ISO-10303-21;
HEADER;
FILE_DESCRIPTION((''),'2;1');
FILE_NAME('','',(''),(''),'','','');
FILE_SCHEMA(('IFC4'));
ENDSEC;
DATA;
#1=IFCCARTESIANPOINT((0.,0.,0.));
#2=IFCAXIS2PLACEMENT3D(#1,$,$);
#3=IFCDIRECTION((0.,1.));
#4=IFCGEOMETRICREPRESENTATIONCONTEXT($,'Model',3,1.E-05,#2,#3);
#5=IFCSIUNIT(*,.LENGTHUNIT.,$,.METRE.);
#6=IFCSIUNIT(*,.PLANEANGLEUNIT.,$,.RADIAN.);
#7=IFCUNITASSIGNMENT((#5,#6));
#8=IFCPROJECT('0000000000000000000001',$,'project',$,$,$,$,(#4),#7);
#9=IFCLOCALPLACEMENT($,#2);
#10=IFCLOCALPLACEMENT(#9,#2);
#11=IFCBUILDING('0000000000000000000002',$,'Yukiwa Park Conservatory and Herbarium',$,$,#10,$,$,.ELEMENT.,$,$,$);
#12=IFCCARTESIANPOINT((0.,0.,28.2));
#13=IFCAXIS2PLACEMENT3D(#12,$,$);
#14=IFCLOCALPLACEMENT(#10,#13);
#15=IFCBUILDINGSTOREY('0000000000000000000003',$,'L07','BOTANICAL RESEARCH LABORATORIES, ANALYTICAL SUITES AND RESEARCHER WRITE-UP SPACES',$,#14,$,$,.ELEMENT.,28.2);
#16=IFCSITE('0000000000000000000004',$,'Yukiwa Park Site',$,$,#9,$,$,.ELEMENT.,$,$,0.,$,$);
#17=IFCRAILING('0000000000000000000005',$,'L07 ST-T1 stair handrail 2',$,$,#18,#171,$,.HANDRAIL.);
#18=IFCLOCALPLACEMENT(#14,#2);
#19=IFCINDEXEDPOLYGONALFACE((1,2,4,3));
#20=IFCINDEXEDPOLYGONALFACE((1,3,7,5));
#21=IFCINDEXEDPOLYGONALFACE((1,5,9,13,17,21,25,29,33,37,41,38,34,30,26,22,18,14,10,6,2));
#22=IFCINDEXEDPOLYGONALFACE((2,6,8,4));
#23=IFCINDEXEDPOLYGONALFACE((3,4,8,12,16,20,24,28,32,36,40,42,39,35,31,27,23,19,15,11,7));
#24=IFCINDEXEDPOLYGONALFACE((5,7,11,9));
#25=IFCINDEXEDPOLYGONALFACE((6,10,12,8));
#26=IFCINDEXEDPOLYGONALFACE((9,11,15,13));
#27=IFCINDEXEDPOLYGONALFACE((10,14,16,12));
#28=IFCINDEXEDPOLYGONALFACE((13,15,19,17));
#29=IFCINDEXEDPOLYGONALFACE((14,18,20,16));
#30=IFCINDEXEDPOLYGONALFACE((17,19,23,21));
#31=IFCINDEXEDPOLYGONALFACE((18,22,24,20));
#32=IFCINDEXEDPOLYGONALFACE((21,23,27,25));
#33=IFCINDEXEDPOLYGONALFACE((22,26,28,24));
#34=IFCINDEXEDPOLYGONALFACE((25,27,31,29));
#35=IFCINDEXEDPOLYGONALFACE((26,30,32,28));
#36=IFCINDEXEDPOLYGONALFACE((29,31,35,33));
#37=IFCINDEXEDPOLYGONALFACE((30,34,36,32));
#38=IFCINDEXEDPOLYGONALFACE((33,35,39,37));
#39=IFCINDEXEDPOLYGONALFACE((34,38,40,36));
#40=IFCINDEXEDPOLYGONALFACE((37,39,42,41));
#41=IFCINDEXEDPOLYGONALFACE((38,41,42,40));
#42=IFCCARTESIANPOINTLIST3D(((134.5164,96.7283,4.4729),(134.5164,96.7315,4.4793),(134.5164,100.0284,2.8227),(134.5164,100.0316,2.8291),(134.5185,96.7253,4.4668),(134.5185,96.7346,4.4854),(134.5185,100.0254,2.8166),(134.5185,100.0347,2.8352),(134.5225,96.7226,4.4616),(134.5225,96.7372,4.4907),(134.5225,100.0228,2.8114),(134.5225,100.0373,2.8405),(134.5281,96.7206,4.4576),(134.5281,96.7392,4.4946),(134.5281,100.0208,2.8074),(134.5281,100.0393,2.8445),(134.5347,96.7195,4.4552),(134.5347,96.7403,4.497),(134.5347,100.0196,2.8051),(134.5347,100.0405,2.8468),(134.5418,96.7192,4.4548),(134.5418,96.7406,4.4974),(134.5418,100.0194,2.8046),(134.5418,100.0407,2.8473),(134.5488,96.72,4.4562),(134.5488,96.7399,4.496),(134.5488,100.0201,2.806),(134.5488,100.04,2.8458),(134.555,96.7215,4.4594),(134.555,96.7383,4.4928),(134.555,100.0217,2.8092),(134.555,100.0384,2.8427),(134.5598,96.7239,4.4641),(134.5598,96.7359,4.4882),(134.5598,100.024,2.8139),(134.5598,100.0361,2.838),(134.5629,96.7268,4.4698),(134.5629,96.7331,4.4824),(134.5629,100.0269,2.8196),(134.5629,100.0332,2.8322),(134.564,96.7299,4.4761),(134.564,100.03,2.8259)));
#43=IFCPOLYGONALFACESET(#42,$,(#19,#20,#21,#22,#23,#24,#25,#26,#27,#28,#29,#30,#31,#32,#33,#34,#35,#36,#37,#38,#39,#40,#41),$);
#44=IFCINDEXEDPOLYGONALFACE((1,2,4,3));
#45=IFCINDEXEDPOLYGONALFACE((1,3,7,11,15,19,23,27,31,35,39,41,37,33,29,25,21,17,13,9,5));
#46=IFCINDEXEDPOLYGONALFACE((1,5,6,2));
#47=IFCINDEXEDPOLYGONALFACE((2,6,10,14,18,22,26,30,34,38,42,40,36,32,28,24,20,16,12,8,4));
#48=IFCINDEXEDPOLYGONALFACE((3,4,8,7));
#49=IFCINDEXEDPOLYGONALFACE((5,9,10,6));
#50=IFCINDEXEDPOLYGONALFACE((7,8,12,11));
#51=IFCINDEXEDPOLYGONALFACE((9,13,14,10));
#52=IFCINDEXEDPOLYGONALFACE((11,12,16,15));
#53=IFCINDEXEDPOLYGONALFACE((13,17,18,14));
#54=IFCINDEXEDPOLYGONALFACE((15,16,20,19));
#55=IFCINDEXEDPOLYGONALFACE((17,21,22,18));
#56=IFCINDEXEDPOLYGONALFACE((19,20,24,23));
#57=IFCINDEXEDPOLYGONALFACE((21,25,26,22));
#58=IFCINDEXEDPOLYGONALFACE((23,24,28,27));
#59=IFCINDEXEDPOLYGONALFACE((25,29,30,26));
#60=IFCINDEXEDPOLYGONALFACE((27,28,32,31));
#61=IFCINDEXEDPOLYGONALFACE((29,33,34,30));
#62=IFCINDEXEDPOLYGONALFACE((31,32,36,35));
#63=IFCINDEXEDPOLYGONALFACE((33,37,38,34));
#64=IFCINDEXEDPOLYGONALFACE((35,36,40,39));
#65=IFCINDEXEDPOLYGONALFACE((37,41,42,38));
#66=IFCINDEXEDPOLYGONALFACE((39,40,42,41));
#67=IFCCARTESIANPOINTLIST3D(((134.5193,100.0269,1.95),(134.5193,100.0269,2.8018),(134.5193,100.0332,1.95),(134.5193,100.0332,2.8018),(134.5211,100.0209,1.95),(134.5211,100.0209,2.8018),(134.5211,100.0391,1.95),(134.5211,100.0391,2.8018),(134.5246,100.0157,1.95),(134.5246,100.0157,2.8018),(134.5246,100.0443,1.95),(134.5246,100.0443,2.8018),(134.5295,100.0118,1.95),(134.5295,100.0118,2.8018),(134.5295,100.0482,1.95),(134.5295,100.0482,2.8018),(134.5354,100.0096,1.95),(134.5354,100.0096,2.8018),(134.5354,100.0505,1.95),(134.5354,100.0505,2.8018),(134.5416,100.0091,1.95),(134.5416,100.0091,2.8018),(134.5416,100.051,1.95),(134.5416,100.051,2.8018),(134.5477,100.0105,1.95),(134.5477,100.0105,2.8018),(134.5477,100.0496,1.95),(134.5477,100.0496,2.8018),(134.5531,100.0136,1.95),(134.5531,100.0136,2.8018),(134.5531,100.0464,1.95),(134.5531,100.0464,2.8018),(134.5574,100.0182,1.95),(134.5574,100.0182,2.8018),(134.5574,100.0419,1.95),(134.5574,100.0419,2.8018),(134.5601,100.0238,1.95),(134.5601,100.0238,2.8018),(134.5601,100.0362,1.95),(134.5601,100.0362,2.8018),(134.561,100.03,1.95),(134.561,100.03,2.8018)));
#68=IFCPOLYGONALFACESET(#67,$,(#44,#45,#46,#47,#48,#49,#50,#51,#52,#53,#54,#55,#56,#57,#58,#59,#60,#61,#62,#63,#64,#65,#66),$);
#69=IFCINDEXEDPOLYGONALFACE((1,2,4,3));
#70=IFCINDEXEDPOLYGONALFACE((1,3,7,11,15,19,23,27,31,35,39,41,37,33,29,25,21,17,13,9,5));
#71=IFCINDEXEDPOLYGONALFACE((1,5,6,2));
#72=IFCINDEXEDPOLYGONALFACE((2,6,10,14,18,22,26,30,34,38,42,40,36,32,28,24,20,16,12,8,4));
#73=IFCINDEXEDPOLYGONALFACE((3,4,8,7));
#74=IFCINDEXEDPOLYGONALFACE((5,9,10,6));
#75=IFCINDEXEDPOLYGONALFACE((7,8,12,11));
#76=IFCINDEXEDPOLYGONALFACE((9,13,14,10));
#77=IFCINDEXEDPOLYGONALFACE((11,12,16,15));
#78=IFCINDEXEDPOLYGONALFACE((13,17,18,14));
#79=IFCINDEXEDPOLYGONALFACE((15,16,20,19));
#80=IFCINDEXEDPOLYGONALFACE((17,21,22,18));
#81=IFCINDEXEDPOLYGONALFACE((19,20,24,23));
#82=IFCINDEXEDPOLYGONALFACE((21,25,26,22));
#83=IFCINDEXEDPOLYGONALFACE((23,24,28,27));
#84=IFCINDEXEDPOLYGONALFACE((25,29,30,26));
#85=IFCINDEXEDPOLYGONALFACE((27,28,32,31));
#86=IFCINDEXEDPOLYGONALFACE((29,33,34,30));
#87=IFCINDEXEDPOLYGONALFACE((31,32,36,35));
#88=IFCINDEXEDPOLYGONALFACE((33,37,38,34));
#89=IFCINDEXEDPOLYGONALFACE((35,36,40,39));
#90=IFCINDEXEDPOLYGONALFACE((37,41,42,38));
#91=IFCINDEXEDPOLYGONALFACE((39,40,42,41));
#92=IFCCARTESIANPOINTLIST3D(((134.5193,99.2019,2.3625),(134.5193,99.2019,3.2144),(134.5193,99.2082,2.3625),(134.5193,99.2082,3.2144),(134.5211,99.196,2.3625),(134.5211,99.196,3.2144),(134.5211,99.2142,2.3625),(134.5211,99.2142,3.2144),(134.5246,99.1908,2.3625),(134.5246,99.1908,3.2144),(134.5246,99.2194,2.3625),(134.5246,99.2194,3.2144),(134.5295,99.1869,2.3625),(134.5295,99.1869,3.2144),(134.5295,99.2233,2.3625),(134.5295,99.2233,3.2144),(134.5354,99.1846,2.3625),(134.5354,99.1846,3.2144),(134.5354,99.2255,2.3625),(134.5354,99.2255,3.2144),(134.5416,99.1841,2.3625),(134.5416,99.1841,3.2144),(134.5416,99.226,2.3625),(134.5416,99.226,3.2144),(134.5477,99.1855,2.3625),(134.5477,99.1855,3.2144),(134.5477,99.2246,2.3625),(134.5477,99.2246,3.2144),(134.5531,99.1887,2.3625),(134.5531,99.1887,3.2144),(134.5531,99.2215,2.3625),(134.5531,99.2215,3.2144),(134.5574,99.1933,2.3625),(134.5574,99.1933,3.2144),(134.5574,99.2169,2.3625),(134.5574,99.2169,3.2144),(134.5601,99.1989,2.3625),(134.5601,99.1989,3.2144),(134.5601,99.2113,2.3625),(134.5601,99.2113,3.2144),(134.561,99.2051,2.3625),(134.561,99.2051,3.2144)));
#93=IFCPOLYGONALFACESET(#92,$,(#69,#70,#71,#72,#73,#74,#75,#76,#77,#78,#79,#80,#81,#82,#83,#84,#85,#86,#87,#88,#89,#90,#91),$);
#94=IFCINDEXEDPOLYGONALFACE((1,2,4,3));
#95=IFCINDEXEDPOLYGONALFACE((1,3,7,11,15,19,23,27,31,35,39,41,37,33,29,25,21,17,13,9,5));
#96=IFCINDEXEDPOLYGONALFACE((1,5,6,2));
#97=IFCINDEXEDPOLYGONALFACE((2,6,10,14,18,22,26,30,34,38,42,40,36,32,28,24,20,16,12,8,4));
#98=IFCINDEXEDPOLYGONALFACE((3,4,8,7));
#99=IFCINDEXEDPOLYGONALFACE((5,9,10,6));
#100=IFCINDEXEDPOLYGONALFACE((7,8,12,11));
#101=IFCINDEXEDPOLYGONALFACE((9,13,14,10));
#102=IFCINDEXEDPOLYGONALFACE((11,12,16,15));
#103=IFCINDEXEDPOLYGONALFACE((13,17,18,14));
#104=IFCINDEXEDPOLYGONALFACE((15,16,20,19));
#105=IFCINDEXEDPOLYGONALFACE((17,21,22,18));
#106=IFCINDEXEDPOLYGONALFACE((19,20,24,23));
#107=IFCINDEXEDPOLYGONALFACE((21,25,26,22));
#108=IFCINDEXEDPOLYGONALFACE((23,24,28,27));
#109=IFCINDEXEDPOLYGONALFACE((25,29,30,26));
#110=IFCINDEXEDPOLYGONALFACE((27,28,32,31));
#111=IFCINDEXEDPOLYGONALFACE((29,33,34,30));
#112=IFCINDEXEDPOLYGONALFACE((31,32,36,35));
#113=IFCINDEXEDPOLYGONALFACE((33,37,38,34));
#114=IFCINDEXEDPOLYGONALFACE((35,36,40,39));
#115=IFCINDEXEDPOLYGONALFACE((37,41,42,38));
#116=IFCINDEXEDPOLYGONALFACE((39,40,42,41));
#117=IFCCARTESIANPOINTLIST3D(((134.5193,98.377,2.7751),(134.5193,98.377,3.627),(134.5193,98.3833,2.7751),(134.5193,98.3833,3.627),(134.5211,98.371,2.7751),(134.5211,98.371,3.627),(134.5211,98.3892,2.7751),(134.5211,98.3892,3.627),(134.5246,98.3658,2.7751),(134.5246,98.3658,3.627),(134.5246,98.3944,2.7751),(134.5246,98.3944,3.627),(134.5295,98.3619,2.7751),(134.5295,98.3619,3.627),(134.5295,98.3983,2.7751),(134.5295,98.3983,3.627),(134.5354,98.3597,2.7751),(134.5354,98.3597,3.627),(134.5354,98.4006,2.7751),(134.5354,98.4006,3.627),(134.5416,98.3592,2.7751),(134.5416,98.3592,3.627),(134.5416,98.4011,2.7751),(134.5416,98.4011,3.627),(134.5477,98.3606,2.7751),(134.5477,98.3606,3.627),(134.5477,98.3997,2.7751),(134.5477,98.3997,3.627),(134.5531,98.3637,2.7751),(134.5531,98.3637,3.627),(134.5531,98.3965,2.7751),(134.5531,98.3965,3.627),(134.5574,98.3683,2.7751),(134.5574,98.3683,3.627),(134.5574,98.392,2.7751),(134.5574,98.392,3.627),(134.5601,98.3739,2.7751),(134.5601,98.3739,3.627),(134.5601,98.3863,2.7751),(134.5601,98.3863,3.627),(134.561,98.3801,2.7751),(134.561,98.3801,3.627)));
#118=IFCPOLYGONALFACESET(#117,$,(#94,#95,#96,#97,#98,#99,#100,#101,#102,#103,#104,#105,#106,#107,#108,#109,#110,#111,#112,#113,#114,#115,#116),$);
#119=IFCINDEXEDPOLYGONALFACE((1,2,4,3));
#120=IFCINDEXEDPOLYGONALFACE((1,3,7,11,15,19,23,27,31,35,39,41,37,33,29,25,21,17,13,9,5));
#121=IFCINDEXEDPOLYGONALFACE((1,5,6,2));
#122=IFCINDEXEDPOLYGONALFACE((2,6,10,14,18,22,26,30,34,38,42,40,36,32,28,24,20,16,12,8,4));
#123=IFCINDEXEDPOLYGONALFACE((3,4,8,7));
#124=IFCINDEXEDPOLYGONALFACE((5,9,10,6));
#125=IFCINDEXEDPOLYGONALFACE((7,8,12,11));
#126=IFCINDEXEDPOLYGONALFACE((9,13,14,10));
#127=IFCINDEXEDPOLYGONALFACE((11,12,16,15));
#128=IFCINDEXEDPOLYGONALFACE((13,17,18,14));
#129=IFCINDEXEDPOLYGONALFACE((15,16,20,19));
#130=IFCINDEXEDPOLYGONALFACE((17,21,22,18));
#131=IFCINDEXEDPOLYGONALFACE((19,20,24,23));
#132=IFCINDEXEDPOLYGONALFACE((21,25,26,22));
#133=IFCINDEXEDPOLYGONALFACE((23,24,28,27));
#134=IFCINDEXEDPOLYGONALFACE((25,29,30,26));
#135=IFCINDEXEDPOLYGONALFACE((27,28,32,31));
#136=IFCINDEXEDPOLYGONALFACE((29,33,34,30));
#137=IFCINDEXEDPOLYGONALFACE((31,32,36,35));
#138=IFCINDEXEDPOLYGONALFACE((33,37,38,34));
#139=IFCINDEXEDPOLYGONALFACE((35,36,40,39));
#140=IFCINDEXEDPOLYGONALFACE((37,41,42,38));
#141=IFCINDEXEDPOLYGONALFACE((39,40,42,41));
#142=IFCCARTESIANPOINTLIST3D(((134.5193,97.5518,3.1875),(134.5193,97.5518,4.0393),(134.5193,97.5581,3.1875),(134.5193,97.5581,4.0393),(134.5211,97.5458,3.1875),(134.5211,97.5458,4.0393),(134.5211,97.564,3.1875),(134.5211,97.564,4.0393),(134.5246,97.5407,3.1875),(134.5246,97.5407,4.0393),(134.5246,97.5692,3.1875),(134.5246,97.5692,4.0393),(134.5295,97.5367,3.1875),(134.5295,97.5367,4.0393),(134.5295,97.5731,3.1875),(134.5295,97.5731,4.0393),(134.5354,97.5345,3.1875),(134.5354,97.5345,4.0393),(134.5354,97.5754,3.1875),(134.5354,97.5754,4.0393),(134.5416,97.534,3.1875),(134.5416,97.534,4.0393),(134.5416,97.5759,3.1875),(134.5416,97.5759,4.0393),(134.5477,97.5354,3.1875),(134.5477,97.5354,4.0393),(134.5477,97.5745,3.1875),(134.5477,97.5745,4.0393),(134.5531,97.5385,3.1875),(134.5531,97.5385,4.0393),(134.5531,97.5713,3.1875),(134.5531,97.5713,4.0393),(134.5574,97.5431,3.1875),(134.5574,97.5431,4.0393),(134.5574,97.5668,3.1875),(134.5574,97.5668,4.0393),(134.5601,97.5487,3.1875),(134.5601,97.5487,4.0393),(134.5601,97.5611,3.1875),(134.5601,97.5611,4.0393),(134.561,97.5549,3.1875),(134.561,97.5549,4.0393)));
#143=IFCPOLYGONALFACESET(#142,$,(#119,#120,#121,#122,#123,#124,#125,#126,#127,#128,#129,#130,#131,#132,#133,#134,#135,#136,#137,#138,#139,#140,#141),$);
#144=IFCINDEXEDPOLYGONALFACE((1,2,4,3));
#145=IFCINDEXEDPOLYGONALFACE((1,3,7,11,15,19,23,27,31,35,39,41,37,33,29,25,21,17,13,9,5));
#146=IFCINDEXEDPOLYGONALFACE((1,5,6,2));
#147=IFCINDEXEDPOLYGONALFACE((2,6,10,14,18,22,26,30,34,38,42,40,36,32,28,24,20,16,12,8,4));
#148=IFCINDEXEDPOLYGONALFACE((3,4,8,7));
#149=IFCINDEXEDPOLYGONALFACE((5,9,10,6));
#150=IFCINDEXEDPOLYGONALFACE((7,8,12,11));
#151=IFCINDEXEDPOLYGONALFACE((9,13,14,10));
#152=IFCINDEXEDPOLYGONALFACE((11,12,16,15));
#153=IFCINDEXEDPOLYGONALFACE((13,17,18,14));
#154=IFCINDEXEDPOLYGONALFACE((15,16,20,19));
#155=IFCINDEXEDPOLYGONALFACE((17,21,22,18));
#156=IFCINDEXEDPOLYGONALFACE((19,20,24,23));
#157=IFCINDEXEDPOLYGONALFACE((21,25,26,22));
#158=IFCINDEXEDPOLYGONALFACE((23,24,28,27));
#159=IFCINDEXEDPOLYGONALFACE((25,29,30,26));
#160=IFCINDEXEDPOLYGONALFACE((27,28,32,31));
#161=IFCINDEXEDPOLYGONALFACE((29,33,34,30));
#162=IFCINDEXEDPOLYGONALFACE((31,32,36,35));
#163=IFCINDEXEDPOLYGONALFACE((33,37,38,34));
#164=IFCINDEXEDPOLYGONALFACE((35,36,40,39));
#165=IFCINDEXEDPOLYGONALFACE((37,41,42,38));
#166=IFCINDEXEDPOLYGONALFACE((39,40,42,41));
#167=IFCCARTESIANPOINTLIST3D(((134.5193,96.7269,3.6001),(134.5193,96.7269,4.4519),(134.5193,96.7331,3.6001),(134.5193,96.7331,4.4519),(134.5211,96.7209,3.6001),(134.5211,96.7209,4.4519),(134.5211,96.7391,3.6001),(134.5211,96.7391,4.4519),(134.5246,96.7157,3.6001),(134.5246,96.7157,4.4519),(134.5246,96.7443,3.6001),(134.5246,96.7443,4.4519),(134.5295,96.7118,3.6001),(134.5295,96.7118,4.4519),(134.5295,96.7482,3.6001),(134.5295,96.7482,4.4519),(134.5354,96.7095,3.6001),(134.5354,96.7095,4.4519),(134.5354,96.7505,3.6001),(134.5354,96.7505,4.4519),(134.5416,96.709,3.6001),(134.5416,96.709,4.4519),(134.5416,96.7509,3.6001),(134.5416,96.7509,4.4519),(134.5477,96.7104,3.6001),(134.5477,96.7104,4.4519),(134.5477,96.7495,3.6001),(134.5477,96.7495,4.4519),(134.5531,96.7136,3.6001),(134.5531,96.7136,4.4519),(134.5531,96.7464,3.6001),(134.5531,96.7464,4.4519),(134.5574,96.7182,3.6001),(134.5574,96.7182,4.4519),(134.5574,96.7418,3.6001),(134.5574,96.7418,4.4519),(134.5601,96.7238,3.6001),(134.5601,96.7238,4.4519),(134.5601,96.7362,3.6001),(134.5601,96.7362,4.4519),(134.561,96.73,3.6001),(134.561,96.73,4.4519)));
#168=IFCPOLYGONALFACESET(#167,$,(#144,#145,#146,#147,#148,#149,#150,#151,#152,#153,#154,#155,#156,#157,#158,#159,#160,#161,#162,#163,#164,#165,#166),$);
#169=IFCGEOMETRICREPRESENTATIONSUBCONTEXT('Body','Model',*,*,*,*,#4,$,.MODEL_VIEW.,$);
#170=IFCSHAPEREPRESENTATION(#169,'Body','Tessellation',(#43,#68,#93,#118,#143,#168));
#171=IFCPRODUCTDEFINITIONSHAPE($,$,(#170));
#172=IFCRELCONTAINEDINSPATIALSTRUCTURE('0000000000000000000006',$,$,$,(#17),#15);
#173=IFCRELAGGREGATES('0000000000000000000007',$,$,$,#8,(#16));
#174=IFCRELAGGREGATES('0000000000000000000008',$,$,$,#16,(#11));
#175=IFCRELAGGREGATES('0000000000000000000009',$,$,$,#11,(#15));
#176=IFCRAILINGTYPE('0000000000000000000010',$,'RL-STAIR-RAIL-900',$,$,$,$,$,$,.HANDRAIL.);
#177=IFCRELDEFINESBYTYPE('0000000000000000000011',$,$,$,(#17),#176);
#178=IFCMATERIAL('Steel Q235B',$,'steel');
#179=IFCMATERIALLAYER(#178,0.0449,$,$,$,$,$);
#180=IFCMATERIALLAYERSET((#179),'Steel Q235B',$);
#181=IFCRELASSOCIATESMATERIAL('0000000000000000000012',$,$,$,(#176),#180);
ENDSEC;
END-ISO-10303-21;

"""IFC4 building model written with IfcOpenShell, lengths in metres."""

from ifc_helpers import new_model, si_unit, direction, frame, origin, origin_2d, place, context, subcontext, project, spatial, circle, extrude, material, layer, layer_set, type_object, element, save


model = new_model("IFC4")

# Units and contexts
model_context = context("Model", 3, precision=1e-05, world=origin(), true_north=direction((0.0, 1.0)))
body_context = subcontext(model_context, "Body", "Model", "MODEL_VIEW")
ifc_project = project(units=[si_unit("LENGTHUNIT", "METRE"), si_unit("PLANEANGLEUNIT", "RADIAN")], contexts=[model_context])

# Site, building, storey
site_placement = place(None, origin())
site = spatial("IfcSite", under=ifc_project, at=site_placement, Name="Yukiwa Park Site", CompositionType="ELEMENT", RefElevation=0.0)
building_placement = place(site_placement, origin())
building = spatial("IfcBuilding", under=site, at=building_placement, Name="Yukiwa Park Conservatory and Herbarium", CompositionType="ELEMENT")
storey_placement = place(building_placement, frame((0.0, 0.0, 28.2)))
storey = spatial("IfcBuildingStorey", under=building, at=storey_placement, Name="L07", Description="BOTANICAL RESEARCH LABORATORIES, ANALYTICAL SUITES AND RESEARCHER WRITE-UP SPACES", CompositionType="ELEMENT", Elevation=28.2)

# Railing
ifc_material_1 = material(Name="Steel Q235B", Category="steel")
ifc_layer_1 = layer(ifc_material_1, 0.0449)
ifc_layer_set_1 = layer_set([ifc_layer_1], Name="Steel Q235B")
railing_type_1 = type_object("IfcRailingType", Name="RL-STAIR-RAIL-900", PredefinedType="HANDRAIL", material=ifc_layer_set_1)
railing_1_placement = place(storey_placement, frame((134.54, 100.03, 1.95)))
element("IfcRailing", 1, at=railing_1_placement, inside=storey, type_object=railing_type_1, Name="L07 ST-T1 stair handrail 2", PredefinedType="HANDRAIL", context=body_context, shape_type="SweptSolid", body=[
    extrude(circle(Radius=0.0239, at=origin_2d()), frame((0.0, 0.0, 0.876), z_axis=(0.0, -0.894414, 0.44724), x_axis=(1.0, 0.0, 0.0)), (0.0, 0.0, 1.0), 3.6897),
    extrude(circle(Radius=0.021, at=origin_2d()), origin(), (0.0, 0.0, 1.0), 0.8518),
    extrude(circle(Radius=0.021, at=origin_2d()), frame((0.0, -0.825, 0.4126)), (0.0, 0.0, 1.0), 0.8518),
    extrude(circle(Radius=0.021, at=origin_2d()), frame((0.0, -1.6499, 0.8252)), (0.0, 0.0, 1.0), 0.8518),
    extrude(circle(Radius=0.021, at=origin_2d()), frame((0.0, -2.4751, 1.2375)), (0.0, 0.0, 1.0), 0.8518),
    extrude(circle(Radius=0.021, at=origin_2d()), frame((0.0, -3.3, 1.6501)), (0.0, 0.0, 1.0), 0.8518),
])

save(model, "model.ifc")
